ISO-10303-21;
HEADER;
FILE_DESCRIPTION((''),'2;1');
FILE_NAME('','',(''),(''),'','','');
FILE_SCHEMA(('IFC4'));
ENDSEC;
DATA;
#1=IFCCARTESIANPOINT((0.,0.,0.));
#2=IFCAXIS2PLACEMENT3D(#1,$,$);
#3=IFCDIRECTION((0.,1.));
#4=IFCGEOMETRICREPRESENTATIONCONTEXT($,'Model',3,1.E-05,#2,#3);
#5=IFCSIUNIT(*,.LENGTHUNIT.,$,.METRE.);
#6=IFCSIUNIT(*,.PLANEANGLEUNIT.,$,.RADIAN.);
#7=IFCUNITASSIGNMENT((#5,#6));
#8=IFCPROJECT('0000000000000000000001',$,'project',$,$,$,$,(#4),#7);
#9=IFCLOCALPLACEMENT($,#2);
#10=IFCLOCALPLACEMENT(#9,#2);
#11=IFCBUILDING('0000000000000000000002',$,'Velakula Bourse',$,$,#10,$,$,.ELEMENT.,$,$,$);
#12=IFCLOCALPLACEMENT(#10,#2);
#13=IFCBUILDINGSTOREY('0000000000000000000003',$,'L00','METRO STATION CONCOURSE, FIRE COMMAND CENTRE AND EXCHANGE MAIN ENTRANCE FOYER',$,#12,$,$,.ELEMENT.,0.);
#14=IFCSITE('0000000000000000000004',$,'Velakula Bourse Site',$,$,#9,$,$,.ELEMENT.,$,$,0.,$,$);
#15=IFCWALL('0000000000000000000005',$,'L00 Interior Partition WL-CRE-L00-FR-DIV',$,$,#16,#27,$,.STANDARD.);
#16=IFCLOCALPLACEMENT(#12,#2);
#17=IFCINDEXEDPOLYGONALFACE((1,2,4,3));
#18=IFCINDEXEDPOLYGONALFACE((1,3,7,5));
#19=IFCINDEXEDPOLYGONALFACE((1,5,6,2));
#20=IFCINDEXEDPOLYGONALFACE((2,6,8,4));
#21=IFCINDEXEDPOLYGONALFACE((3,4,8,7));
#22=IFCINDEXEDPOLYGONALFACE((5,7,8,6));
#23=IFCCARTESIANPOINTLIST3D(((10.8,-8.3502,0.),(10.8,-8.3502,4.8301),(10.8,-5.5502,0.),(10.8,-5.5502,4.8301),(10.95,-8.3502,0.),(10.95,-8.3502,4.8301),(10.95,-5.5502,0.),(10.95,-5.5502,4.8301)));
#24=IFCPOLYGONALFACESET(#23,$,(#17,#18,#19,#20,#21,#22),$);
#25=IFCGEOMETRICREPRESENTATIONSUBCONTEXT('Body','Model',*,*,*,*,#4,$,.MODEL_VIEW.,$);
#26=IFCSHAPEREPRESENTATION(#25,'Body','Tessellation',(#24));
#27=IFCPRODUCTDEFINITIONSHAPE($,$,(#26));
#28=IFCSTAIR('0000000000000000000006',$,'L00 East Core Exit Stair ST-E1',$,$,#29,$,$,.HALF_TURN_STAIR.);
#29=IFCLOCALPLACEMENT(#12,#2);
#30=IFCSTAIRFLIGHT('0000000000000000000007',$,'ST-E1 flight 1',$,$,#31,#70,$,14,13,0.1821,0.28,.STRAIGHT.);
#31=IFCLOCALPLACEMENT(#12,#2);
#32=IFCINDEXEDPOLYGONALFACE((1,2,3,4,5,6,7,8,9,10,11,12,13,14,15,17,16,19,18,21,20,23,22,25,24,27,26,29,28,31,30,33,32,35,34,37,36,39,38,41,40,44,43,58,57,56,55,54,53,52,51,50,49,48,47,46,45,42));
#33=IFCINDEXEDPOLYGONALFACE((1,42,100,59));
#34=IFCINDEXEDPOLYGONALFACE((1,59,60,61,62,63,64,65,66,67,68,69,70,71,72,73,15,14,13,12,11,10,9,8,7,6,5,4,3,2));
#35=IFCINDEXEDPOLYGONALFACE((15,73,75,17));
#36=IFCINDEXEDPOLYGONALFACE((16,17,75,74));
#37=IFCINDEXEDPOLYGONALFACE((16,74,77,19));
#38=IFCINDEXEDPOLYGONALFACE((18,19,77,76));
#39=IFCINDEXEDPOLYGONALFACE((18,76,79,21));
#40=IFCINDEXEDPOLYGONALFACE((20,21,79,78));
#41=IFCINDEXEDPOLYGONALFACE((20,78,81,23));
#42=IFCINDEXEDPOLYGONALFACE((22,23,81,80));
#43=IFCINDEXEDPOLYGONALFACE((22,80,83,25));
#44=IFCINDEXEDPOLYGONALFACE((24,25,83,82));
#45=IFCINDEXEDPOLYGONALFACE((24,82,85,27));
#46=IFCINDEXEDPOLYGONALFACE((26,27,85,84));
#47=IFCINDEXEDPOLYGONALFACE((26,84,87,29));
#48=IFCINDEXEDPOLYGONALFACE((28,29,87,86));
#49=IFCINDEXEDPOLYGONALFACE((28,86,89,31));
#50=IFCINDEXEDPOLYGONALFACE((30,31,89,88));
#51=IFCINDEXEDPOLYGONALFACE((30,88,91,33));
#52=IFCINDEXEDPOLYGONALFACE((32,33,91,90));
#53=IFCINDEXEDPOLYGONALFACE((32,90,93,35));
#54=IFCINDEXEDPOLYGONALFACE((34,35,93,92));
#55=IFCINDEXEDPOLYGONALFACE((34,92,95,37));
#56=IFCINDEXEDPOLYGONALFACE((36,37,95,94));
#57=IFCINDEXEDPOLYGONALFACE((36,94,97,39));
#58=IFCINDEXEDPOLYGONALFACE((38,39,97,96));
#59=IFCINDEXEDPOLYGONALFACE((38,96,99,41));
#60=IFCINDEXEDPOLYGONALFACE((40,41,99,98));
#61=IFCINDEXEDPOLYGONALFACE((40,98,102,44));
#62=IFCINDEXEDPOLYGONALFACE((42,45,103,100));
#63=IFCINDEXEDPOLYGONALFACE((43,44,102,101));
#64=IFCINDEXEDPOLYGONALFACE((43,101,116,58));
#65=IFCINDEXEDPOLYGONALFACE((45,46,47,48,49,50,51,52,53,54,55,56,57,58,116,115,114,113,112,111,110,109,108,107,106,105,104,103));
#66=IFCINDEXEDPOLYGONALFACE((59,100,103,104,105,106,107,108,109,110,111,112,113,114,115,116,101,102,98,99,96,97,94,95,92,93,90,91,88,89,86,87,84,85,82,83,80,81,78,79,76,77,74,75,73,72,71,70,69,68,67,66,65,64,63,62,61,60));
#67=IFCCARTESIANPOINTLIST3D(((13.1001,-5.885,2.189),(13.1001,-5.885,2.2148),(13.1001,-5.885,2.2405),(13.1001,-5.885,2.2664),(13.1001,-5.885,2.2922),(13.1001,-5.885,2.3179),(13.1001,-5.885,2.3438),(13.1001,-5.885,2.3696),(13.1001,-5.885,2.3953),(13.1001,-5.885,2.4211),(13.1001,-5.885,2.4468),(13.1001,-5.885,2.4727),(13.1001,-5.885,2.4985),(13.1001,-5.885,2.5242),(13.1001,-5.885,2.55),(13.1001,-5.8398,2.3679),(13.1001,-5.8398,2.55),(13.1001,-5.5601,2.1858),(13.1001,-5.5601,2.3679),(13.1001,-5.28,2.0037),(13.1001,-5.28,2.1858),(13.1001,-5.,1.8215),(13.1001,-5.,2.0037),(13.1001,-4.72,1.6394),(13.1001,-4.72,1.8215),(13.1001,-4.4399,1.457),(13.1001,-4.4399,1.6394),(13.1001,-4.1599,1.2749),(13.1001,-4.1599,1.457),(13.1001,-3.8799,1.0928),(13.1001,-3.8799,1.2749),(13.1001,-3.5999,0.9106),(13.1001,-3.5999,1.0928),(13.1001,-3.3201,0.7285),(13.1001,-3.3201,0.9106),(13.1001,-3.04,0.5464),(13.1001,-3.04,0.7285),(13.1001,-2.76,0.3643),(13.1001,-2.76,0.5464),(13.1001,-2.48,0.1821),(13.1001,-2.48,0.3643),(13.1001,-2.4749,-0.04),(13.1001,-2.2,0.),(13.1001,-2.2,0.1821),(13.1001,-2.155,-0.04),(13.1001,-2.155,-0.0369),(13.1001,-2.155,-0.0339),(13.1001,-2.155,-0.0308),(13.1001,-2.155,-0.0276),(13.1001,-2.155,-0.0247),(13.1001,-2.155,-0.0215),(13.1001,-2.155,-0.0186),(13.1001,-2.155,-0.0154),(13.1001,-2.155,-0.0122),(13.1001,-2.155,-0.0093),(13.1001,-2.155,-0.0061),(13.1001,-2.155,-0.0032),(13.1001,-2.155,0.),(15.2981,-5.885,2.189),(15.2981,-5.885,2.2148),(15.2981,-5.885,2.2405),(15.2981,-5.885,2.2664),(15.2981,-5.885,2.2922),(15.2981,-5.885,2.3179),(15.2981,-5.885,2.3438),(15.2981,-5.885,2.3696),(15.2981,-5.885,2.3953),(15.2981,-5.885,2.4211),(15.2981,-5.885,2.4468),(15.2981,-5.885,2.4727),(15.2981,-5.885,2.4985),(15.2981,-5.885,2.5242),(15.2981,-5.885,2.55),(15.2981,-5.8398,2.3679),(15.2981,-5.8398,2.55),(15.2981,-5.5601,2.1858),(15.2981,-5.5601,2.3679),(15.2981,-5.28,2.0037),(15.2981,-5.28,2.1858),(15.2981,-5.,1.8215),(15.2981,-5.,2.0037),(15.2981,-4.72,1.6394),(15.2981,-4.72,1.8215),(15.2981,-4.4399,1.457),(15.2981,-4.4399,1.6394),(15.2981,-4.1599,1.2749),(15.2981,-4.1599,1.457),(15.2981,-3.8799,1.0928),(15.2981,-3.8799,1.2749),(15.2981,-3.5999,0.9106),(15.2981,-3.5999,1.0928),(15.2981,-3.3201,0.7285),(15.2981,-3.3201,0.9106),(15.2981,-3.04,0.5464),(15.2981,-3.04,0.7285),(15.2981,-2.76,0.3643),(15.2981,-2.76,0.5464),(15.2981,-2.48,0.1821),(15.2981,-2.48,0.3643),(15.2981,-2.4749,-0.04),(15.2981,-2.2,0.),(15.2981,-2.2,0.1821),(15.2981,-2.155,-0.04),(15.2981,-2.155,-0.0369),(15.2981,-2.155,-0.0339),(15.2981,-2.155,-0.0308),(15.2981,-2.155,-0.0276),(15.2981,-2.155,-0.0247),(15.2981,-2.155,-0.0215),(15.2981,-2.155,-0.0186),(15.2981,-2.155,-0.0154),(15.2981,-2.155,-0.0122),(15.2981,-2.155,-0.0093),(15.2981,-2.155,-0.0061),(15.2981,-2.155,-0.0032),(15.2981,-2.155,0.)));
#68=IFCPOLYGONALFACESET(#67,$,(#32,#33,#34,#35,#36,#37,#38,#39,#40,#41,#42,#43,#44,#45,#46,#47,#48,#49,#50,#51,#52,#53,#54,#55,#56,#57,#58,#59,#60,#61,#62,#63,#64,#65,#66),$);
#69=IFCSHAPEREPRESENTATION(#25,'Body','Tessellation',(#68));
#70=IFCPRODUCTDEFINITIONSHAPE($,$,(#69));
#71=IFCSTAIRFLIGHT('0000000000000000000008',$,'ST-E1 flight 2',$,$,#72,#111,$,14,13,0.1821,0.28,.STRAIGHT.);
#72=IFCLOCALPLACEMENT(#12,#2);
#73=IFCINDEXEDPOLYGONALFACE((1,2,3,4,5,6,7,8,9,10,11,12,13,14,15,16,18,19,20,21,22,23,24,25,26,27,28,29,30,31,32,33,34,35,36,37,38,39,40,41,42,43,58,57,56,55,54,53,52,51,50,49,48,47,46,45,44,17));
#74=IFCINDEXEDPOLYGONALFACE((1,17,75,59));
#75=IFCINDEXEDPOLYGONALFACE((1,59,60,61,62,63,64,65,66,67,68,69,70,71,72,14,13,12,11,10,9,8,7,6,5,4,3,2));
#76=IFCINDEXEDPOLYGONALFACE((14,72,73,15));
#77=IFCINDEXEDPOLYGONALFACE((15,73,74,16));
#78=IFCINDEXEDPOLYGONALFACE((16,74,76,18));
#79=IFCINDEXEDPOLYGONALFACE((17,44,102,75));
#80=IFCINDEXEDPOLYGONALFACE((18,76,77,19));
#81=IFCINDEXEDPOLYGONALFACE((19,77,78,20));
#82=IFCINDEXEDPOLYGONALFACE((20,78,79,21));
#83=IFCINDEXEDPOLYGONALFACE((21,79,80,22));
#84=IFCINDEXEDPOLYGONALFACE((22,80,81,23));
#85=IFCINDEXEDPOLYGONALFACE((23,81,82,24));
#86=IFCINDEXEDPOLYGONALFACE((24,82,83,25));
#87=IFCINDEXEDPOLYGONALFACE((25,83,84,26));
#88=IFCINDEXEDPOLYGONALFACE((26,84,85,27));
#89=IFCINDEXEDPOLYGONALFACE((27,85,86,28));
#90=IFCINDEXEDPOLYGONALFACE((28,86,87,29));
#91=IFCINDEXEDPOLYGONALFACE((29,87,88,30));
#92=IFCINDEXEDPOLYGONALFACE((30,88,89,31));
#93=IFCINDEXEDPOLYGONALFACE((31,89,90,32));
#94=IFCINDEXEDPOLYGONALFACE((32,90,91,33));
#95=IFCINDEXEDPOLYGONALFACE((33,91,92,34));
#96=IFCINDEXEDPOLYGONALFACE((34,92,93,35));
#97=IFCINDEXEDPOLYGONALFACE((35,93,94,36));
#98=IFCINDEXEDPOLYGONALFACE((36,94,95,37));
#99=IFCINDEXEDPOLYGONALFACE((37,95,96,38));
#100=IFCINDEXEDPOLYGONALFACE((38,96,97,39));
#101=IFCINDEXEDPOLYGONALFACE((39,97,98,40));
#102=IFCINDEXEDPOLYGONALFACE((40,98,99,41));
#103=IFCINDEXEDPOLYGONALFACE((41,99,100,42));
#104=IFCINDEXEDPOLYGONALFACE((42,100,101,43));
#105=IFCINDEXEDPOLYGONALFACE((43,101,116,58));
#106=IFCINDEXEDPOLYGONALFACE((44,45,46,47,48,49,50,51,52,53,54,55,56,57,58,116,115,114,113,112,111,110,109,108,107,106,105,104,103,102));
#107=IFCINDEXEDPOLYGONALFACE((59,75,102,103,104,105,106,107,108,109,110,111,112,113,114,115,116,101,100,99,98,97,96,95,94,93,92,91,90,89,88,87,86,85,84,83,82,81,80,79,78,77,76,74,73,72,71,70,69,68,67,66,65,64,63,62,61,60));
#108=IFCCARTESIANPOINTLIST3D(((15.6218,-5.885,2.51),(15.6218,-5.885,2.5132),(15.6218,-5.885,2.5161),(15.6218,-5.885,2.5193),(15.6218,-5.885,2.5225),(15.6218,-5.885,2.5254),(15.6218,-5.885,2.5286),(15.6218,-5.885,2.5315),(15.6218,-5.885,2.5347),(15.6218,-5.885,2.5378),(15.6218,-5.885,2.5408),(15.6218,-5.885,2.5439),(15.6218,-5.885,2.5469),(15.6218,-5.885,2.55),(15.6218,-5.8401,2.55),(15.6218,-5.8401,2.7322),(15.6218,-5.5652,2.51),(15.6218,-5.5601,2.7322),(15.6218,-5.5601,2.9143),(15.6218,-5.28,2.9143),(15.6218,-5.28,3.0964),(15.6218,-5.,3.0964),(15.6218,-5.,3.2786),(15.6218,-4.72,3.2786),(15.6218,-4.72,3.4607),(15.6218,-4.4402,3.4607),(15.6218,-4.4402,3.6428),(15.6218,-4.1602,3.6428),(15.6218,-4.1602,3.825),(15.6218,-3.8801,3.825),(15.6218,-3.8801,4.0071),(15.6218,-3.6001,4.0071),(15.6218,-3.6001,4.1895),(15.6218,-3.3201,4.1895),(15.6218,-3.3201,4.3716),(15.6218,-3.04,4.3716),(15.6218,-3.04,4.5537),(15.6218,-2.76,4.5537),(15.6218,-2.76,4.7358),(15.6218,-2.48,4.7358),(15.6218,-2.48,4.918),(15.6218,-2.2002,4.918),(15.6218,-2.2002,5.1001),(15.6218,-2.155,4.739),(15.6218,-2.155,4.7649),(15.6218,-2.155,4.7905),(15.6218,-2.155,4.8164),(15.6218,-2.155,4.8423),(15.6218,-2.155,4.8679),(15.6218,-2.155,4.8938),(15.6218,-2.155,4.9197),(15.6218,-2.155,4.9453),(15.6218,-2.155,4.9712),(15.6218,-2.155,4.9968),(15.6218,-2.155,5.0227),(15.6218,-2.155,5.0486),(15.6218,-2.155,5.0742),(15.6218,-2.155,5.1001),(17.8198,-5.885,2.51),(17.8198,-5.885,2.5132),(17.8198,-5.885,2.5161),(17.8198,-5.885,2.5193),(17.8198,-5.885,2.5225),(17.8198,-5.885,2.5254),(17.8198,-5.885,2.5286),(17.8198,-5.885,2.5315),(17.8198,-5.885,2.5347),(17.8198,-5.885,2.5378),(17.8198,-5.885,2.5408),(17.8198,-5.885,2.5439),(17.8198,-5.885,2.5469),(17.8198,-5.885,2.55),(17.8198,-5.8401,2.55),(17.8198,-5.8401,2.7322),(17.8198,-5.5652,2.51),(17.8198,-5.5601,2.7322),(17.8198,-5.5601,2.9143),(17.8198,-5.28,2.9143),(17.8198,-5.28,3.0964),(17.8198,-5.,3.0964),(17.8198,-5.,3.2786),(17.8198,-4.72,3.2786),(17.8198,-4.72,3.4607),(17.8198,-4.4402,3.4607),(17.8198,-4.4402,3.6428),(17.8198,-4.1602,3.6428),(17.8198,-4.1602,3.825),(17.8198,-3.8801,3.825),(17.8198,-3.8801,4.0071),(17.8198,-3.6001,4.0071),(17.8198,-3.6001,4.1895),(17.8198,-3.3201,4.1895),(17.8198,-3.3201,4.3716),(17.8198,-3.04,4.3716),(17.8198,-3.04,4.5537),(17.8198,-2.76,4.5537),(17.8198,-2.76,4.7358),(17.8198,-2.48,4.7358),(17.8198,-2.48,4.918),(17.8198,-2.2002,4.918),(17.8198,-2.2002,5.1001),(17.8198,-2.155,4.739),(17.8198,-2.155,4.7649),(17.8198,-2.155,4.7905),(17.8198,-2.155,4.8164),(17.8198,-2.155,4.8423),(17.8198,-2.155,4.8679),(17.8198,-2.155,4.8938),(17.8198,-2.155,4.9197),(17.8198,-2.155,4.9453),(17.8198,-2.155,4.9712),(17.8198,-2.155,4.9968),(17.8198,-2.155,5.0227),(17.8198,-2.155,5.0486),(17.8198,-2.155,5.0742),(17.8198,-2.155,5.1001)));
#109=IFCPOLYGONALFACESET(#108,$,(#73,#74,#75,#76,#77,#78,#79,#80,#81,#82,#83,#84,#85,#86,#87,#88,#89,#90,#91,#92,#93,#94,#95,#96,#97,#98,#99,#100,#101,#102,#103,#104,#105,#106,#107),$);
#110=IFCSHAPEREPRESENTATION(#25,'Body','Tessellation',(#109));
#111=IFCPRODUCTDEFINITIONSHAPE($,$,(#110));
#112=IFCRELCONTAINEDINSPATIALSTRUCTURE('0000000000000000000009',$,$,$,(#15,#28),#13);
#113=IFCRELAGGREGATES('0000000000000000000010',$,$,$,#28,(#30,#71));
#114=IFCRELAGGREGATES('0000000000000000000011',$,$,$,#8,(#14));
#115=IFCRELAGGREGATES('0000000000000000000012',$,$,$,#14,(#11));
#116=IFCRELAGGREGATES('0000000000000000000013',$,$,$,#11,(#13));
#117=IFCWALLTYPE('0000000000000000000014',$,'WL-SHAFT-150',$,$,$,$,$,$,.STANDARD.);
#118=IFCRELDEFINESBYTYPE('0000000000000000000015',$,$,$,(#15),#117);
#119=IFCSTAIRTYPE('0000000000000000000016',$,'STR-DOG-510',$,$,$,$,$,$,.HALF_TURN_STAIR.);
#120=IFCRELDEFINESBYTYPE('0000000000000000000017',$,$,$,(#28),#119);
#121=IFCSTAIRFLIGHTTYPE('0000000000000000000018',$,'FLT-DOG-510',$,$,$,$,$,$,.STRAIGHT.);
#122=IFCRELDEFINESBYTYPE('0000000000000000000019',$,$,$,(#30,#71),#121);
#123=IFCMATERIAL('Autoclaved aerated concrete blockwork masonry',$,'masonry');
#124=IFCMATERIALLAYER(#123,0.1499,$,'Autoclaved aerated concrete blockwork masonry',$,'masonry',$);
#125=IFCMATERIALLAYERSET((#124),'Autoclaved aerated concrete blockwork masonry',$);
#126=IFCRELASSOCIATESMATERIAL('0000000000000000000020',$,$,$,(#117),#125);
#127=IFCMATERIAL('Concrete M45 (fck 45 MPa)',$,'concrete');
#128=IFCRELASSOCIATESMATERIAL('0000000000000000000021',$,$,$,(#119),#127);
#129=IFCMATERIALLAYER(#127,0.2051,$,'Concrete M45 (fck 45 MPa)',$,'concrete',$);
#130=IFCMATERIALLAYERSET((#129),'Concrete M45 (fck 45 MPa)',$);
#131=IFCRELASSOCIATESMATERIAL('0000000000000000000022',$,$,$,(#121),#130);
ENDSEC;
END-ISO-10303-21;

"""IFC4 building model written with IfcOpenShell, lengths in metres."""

from ifc_helpers import new_model, si_unit, direction, frame, frame_2d, origin, place, context, subcontext, project, spatial, polyline, rectangle, outline, extrude, material, layer, layer_set, type_object, element, aggregate, save


model = new_model("IFC4")

# Units and contexts
model_context = context("Model", 3, precision=1e-05, world=origin(), true_north=direction((0.0, 1.0)))
body_context = subcontext(model_context, "Body", "Model", "MODEL_VIEW")
ifc_project = project(units=[si_unit("LENGTHUNIT", "METRE"), si_unit("PLANEANGLEUNIT", "RADIAN")], contexts=[model_context])

# Site, building, storey
site_placement = place(None, origin())
site = spatial("IfcSite", under=ifc_project, at=site_placement, Name="Velakula Bourse Site", CompositionType="ELEMENT", RefElevation=0.0)
building_placement = place(site_placement, origin())
building = spatial("IfcBuilding", under=site, at=building_placement, Name="Velakula Bourse", CompositionType="ELEMENT")
storey_placement = place(building_placement, origin())
storey = spatial("IfcBuildingStorey", under=building, at=storey_placement, Name="L00", Description="METRO STATION CONCOURSE, FIRE COMMAND CENTRE AND EXCHANGE MAIN ENTRANCE FOYER", CompositionType="ELEMENT", Elevation=0.0)

# Shared definitions
ifc_material_1 = material(Name="Autoclaved aerated concrete blockwork masonry", Category="masonry")
ifc_layer_1 = layer(ifc_material_1, 0.1499, Name="Autoclaved aerated concrete blockwork masonry", Category="masonry")
ifc_layer_set_1 = layer_set([ifc_layer_1], Name="Autoclaved aerated concrete blockwork masonry")
wall_type_1 = type_object("IfcWallType", Name="WL-SHAFT-150", PredefinedType="STANDARD", material=ifc_layer_set_1)

# Wall
wall_1_placement = place(storey_placement, frame((10.875, -8.3501, 0.0), z_axis=(0.0, 0.0, 1.0), x_axis=(0.0, 1.0, 0.0)))
element("IfcWall", 1, at=wall_1_placement, inside=storey, type_object=wall_type_1, Name="L00 Interior Partition WL-CRE-L00-FR-DIV", PredefinedType="STANDARD", context=body_context, shape_type="SweptSolid", body=[
    extrude(rectangle(XDim=2.8, YDim=0.1499, at=frame_2d((1.3999, 0.0))), origin(), (0.0, 0.0, 1.0), 4.8301),
])

# Stair, stair flights
ifc_material_2 = material(Name="Concrete M45 (fck 45 MPa)", Category="concrete")
stair_type = type_object("IfcStairType", Name="STR-DOG-510", PredefinedType="HALF_TURN_STAIR", material=ifc_material_2)
stair_placement = place(storey_placement, origin())
stair = element("IfcStair", 2, at=stair_placement, inside=storey, type_object=stair_type, Name="L00 East Core Exit Stair ST-E1", PredefinedType="HALF_TURN_STAIR")
ifc_layer_2 = layer(ifc_material_2, 0.2051, Name="Concrete M45 (fck 45 MPa)", Category="concrete")
ifc_layer_set_2 = layer_set([ifc_layer_2], Name="Concrete M45 (fck 45 MPa)")
stair_flight_type = type_object("IfcStairFlightType", Name="FLT-DOG-510", PredefinedType="STRAIGHT", material=ifc_layer_set_2)
stair_flight_1_placement = place(storey_placement, frame((14.199, -2.2, 0.0), z_axis=(0.0, 0.0, 1.0), x_axis=(0.0, -1.0, 0.0)))
stair_flight_1 = element("IfcStairFlight", 3, at=stair_flight_1_placement, type_object=stair_flight_type, Name="ST-E1 flight 1", NumberOfRisers=14, NumberOfTreads=13, PredefinedType="STRAIGHT", RiserHeight=0.1821, TreadLength=0.28, context=body_context, shape_type="SweptSolid", body=[
    extrude(outline(polyline([(-0.0449, -0.04), (-0.0449, -0.0369), (-0.0449, -0.0339), (-0.0449, -0.0308), (-0.0449, -0.0276), (-0.0449, -0.0247), (-0.0449, -0.0215), (-0.0449, -0.0186), (-0.0449, -0.0154), (-0.0449, -0.0122), (-0.0449, -0.0093), (-0.0449, -0.0061), (-0.0449, -0.0032), (-0.0449, 0.0), (0.0, 0.0), (0.0, 0.1821), (0.28, 0.1821), (0.28, 0.3643), (0.5601, 0.3643), (0.5601, 0.5464), (0.8401, 0.5464), (0.8401, 0.7285), (1.1201, 0.7285), (1.1201, 0.9106), (1.3999, 0.9106), (1.3999, 1.0928), (1.6799, 1.0928), (1.6799, 1.2749), (1.96, 1.2749), (1.96, 1.457), (2.24, 1.457), (2.24, 1.6394), (2.52, 1.6394), (2.52, 1.8215), (2.8, 1.8215), (2.8, 2.0037), (3.0801, 2.0037), (3.0801, 2.1858), (3.3601, 2.1858), (3.3601, 2.3679), (3.6399, 2.3679), (3.6399, 2.55), (3.6851, 2.55), (3.6851, 2.5242), (3.6851, 2.4985), (3.6851, 2.4727), (3.6851, 2.4468), (3.6851, 2.4211), (3.6851, 2.3953), (3.6851, 2.3696), (3.6851, 2.3438), (3.6851, 2.3179), (3.6851, 2.2922), (3.6851, 2.2664), (3.6851, 2.2405), (3.6851, 2.2148), (3.6851, 2.189), (0.2749, -0.04), (-0.0449, -0.04)])), frame((0.0, 1.0991, 0.0), z_axis=(0.0, -1.0, 0.0), x_axis=(1.0, 0.0, 0.0)), (0.0, 0.0, 1.0), 2.198),
])
stair_flight_2_placement = place(storey_placement, frame((16.7209, -5.8401, 2.55), z_axis=(0.0, 0.0, 1.0), x_axis=(0.0, 1.0, 0.0)))
stair_flight_2 = element("IfcStairFlight", 4, at=stair_flight_2_placement, type_object=stair_flight_type, Name="ST-E1 flight 2", NumberOfRisers=14, NumberOfTreads=13, PredefinedType="STRAIGHT", RiserHeight=0.1821, TreadLength=0.28, context=body_context, shape_type="SweptSolid", body=[
    extrude(outline(polyline([(-0.0449, -0.04), (-0.0449, -0.0369), (-0.0449, -0.0339), (-0.0449, -0.0308), (-0.0449, -0.0276), (-0.0449, -0.0247), (-0.0449, -0.0215), (-0.0449, -0.0186), (-0.0449, -0.0154), (-0.0449, -0.0122), (-0.0449, -0.0093), (-0.0449, -0.0061), (-0.0449, -0.0032), (-0.0449, 0.0), (0.0, 0.0), (0.0, 0.1821), (0.28, 0.1821), (0.28, 0.3643), (0.5601, 0.3643), (0.5601, 0.5464), (0.8401, 0.5464), (0.8401, 0.7285), (1.1201, 0.7285), (1.1201, 0.9106), (1.3999, 0.9106), (1.3999, 1.0928), (1.6799, 1.0928), (1.6799, 1.2749), (1.96, 1.2749), (1.96, 1.457), (2.24, 1.457), (2.24, 1.6394), (2.52, 1.6394), (2.52, 1.8215), (2.8, 1.8215), (2.8, 2.0037), (3.0801, 2.0037), (3.0801, 2.1858), (3.3601, 2.1858), (3.3601, 2.3679), (3.6399, 2.3679), (3.6399, 2.55), (3.6851, 2.55), (3.6851, 2.5242), (3.6851, 2.4985), (3.6851, 2.4727), (3.6851, 2.4468), (3.6851, 2.4211), (3.6851, 2.3953), (3.6851, 2.3696), (3.6851, 2.3438), (3.6851, 2.3179), (3.6851, 2.2922), (3.6851, 2.2664), (3.6851, 2.2405), (3.6851, 2.2148), (3.6851, 2.189), (0.2749, -0.04), (-0.0449, -0.04)])), frame((0.0, 1.0991, 0.0), z_axis=(0.0, -1.0, 0.0), x_axis=(1.0, 0.0, 0.0)), (0.0, 0.0, 1.0), 2.198),
])
aggregate(stair, [stair_flight_1, stair_flight_2])

save(model, "model.ifc")
